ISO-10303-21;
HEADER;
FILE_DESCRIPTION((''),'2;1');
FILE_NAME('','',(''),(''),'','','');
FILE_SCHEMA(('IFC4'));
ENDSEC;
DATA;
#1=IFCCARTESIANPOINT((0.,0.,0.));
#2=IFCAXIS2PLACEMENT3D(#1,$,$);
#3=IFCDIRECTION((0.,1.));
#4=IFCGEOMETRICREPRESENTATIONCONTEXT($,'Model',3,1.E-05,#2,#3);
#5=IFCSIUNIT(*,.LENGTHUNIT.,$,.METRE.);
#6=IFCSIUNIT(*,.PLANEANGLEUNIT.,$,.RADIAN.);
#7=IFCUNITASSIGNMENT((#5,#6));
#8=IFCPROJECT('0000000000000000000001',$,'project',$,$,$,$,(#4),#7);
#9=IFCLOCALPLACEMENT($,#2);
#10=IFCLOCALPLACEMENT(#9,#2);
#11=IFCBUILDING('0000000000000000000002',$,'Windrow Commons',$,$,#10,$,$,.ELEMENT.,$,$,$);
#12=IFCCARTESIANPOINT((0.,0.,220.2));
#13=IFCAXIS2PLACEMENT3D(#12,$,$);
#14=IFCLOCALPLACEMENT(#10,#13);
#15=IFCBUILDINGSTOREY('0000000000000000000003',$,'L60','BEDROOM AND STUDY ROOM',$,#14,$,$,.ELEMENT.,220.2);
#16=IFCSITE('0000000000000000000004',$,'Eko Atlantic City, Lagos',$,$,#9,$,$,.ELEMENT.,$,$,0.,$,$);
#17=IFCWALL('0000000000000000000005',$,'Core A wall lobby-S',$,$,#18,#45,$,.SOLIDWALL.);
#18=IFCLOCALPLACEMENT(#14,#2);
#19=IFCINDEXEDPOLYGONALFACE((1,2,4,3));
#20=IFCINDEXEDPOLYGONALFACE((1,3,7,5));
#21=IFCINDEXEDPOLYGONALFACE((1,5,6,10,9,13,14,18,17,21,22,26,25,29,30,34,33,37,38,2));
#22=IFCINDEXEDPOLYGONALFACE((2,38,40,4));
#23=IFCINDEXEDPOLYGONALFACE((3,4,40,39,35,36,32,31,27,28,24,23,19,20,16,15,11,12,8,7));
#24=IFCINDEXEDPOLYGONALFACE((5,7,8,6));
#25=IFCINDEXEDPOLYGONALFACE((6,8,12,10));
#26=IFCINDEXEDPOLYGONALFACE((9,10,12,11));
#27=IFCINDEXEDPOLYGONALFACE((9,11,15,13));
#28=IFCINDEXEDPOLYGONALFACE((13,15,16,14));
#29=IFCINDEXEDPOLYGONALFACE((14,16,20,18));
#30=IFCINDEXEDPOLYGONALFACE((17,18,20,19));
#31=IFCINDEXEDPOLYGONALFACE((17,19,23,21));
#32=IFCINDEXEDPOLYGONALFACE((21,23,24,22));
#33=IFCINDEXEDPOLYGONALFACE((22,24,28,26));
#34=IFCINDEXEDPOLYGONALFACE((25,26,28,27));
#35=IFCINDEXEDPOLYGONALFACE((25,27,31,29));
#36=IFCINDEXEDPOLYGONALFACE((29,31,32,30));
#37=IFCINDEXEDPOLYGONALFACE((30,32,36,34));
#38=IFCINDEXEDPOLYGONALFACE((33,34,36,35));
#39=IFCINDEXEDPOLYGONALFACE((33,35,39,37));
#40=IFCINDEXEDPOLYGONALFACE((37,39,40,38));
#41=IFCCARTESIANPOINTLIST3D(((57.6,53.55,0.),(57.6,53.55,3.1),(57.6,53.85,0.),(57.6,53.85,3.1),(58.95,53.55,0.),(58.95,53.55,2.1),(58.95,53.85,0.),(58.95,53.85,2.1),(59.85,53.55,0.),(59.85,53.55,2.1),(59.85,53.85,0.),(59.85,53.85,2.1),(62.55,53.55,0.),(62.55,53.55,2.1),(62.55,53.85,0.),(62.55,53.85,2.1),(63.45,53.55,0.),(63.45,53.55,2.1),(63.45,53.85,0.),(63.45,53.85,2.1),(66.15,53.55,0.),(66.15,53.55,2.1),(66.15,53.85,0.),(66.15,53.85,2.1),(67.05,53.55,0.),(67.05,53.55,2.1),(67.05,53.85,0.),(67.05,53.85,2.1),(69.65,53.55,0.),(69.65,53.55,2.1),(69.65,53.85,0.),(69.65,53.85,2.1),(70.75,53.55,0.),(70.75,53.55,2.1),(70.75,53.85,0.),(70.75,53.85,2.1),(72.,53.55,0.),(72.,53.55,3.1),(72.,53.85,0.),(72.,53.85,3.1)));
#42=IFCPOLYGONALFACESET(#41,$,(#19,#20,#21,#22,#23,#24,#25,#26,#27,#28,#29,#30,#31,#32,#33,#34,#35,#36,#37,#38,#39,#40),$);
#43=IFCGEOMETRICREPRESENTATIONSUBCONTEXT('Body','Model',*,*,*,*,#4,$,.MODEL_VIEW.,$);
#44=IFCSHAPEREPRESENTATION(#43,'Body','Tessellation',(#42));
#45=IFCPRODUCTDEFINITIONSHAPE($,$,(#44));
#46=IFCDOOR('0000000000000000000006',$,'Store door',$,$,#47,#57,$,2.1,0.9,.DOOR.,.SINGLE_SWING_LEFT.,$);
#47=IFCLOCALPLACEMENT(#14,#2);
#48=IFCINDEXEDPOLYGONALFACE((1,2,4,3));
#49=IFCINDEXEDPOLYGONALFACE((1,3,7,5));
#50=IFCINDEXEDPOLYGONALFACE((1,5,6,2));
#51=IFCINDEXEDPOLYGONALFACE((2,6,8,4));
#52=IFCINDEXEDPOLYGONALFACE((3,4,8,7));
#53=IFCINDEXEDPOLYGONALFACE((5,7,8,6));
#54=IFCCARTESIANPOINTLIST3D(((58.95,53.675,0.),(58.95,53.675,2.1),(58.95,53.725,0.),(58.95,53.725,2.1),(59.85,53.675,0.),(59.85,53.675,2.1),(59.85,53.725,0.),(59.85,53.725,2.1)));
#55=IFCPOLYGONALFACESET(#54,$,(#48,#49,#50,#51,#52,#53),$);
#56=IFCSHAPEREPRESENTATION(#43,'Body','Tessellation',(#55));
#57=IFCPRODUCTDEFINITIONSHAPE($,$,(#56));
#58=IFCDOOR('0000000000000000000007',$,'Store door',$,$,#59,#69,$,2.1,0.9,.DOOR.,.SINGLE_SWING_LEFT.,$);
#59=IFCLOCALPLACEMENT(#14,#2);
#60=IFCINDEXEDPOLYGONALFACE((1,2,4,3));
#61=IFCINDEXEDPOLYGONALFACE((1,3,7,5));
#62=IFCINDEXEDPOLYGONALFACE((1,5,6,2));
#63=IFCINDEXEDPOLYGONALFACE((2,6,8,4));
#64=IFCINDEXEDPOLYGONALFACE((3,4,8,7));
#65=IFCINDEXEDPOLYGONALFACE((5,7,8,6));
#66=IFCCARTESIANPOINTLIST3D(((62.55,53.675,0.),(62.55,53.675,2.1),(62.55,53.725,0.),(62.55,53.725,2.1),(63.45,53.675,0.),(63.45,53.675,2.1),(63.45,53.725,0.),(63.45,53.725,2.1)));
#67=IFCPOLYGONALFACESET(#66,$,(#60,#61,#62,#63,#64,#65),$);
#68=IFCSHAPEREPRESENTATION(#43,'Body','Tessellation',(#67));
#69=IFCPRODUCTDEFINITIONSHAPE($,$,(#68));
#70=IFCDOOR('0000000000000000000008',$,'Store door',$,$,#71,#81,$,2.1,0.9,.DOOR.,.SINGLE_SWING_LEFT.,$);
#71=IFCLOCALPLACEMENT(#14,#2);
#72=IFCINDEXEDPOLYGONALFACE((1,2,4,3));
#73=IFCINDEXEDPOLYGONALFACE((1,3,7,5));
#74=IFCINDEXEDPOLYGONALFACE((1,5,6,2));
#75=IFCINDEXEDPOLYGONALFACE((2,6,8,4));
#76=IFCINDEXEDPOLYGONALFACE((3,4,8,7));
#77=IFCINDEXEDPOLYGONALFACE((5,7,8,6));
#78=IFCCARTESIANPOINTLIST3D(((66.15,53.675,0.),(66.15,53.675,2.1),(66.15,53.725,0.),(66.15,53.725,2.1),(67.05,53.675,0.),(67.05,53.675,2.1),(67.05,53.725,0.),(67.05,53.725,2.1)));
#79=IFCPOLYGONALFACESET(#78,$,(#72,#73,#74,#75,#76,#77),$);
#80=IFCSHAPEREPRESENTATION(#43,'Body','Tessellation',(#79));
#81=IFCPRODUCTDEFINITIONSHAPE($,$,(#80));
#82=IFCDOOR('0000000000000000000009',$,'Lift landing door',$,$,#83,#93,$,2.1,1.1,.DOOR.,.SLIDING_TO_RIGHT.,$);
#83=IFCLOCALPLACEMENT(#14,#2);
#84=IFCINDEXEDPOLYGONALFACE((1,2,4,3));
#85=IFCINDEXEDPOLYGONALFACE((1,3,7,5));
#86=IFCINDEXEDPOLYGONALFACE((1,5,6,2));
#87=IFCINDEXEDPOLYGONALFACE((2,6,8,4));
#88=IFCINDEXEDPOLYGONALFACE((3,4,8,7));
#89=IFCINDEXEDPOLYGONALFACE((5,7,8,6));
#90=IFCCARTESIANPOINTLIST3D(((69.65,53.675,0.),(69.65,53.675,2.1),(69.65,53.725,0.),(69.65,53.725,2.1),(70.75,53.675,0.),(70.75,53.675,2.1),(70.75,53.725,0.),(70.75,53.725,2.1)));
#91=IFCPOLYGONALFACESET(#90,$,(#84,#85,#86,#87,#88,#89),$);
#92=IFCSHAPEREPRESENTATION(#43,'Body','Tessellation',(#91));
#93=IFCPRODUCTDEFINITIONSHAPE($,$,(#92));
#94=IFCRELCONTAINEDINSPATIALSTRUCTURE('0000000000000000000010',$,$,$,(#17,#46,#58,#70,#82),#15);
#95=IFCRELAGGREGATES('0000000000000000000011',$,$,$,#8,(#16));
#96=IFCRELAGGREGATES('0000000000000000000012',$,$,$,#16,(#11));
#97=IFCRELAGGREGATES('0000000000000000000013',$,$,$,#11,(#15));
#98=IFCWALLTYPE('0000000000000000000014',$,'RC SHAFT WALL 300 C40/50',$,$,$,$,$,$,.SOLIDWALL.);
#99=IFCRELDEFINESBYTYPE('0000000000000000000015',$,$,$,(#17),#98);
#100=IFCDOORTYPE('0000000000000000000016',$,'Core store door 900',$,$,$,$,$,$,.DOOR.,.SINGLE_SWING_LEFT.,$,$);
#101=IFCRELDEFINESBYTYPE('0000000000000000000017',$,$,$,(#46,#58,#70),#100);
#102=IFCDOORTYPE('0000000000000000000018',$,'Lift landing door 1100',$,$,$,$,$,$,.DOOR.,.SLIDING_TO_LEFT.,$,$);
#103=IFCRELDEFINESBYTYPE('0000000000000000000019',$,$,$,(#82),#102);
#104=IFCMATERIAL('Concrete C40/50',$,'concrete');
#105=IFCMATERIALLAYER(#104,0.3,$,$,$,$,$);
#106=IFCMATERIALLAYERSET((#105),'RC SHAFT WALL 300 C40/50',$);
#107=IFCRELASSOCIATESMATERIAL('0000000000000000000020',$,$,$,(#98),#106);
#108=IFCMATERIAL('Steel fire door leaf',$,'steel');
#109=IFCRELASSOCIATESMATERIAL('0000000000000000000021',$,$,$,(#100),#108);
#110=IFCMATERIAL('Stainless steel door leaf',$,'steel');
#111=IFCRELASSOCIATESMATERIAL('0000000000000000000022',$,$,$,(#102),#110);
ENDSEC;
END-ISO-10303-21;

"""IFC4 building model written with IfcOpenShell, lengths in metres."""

from ifc_helpers import new_model, si_unit, direction, frame, frame_2d, origin, place, context, subcontext, project, spatial, rectangle, extrude, material, layer, layer_set, type_object, element, fill, save


model = new_model("IFC4")

# Units and contexts
model_context = context("Model", 3, precision=1e-05, world=origin(), true_north=direction((0.0, 1.0)))
body_context = subcontext(model_context, "Body", "Model", "MODEL_VIEW")
ifc_project = project(units=[si_unit("LENGTHUNIT", "METRE"), si_unit("PLANEANGLEUNIT", "RADIAN")], contexts=[model_context])

# Site, building, storey
site_placement = place(None, origin())
site = spatial("IfcSite", under=ifc_project, at=site_placement, Name="Eko Atlantic City, Lagos", CompositionType="ELEMENT", RefElevation=0.0)
building_placement = place(site_placement, origin())
building = spatial("IfcBuilding", under=site, at=building_placement, Name="Windrow Commons", CompositionType="ELEMENT")
storey_placement = place(building_placement, frame((0.0, 0.0, 220.2)))
storey = spatial("IfcBuildingStorey", under=building, at=storey_placement, Name="L60", Description="BEDROOM AND STUDY ROOM", CompositionType="ELEMENT", Elevation=220.2)

# Wall, openings, doors
ifc_material_1 = material(Name="Concrete C40/50", Category="concrete")
ifc_layer_1 = layer(ifc_material_1, 0.3)
ifc_layer_set_1 = layer_set([ifc_layer_1], Name="RC SHAFT WALL 300 C40/50")
wall_type_1 = type_object("IfcWallType", Name="RC SHAFT WALL 300 C40/50", PredefinedType="SOLIDWALL", material=ifc_layer_set_1)
wall_1_placement = place(storey_placement, frame((57.6, 53.7, 0.0), z_axis=(0.0, 0.0, 1.0), x_axis=(1.0, 0.0, 0.0)))
wall_1 = element("IfcWall", 1, at=wall_1_placement, inside=storey, type_object=wall_type_1, Name="Core A wall lobby-S", PredefinedType="SOLIDWALL", context=body_context, shape_type="SweptSolid", body=[
    extrude(rectangle(XDim=14.4, YDim=0.3, at=frame_2d((7.2, 0.0))), origin(), (0.0, 0.0, 1.0), 3.1),
])
opening_1_placement = place(wall_1_placement, frame((1.35, 0.0, 0.0)))
opening_1 = element("IfcOpeningElement", 2, at=opening_1_placement, cuts=wall_1, PredefinedType="OPENING", context=body_context, shape_type="SweptSolid", body=[
    extrude(rectangle(XDim=0.9, YDim=2.1, at=frame_2d((0.45, 1.05))), frame((0.0, 0.16, 0.0), z_axis=(0.0, -1.0, 0.0), x_axis=(1.0, 0.0, 0.0)), (0.0, 0.0, 1.0), 0.32),
])
opening_2_placement = place(wall_1_placement, frame((4.95, 0.0, 0.0)))
opening_2 = element("IfcOpeningElement", 3, at=opening_2_placement, cuts=wall_1, PredefinedType="OPENING", context=body_context, shape_type="SweptSolid", body=[
    extrude(rectangle(XDim=0.9, YDim=2.1, at=frame_2d((0.45, 1.05))), frame((0.0, 0.16, 0.0), z_axis=(0.0, -1.0, 0.0), x_axis=(1.0, 0.0, 0.0)), (0.0, 0.0, 1.0), 0.32),
])
opening_3_placement = place(wall_1_placement, frame((8.55, 0.0, 0.0)))
opening_3 = element("IfcOpeningElement", 4, at=opening_3_placement, cuts=wall_1, PredefinedType="OPENING", context=body_context, shape_type="SweptSolid", body=[
    extrude(rectangle(XDim=0.9, YDim=2.1, at=frame_2d((0.45, 1.05))), frame((0.0, 0.16, 0.0), z_axis=(0.0, -1.0, 0.0), x_axis=(1.0, 0.0, 0.0)), (0.0, 0.0, 1.0), 0.32),
])
opening_4_placement = place(wall_1_placement, frame((12.05, 0.0, 0.0)))
opening_4 = element("IfcOpeningElement", 5, at=opening_4_placement, cuts=wall_1, PredefinedType="OPENING", context=body_context, shape_type="SweptSolid", body=[
    extrude(rectangle(XDim=1.1, YDim=2.1, at=frame_2d((0.55, 1.05))), frame((0.0, 0.16, 0.0), z_axis=(0.0, -1.0, 0.0), x_axis=(1.0, 0.0, 0.0)), (0.0, 0.0, 1.0), 0.32),
])
ifc_material_2 = material(Name="Steel fire door leaf", Category="steel")
door_type_1 = type_object("IfcDoorType", Name="Core store door 900", OperationType="SINGLE_SWING_LEFT", PredefinedType="DOOR", material=ifc_material_2)
door_1_placement = place(opening_1_placement, origin())
door_1 = element("IfcDoor", 6, at=door_1_placement, inside=storey, type_object=door_type_1, Name="Store door", OperationType="SINGLE_SWING_LEFT", OverallHeight=2.1, OverallWidth=0.9, PredefinedType="DOOR", context=body_context, shape_type="SweptSolid", body=[
    extrude(rectangle(XDim=0.9, YDim=2.1, at=frame_2d((0.45, 1.05))), frame((0.0, 0.025, 0.0), z_axis=(0.0, -1.0, 0.0), x_axis=(1.0, 0.0, 0.0)), (0.0, 0.0, 1.0), 0.05),
])
fill(opening_1, door_1)
door_2_placement = place(opening_2_placement, origin())
door_2 = element("IfcDoor", 7, at=door_2_placement, inside=storey, type_object=door_type_1, Name="Store door", OperationType="SINGLE_SWING_LEFT", OverallHeight=2.1, OverallWidth=0.9, PredefinedType="DOOR", context=body_context, shape_type="SweptSolid", body=[
    extrude(rectangle(XDim=0.9, YDim=2.1, at=frame_2d((0.45, 1.05))), frame((0.0, 0.025, 0.0), z_axis=(0.0, -1.0, 0.0), x_axis=(1.0, 0.0, 0.0)), (0.0, 0.0, 1.0), 0.05),
])
fill(opening_2, door_2)
door_3_placement = place(opening_3_placement, origin())
door_3 = element("IfcDoor", 8, at=door_3_placement, inside=storey, type_object=door_type_1, Name="Store door", OperationType="SINGLE_SWING_LEFT", OverallHeight=2.1, OverallWidth=0.9, PredefinedType="DOOR", context=body_context, shape_type="SweptSolid", body=[
    extrude(rectangle(XDim=0.9, YDim=2.1, at=frame_2d((0.45, 1.05))), frame((0.0, 0.025, 0.0), z_axis=(0.0, -1.0, 0.0), x_axis=(1.0, 0.0, 0.0)), (0.0, 0.0, 1.0), 0.05),
])
fill(opening_3, door_3)
ifc_material_3 = material(Name="Stainless steel door leaf", Category="steel")
door_type_2 = type_object("IfcDoorType", Name="Lift landing door 1100", OperationType="SLIDING_TO_LEFT", PredefinedType="DOOR", material=ifc_material_3)
door_4_placement = place(opening_4_placement, origin())
door_4 = element("IfcDoor", 9, at=door_4_placement, inside=storey, type_object=door_type_2, Name="Lift landing door", OperationType="SLIDING_TO_RIGHT", OverallHeight=2.1, OverallWidth=1.1, PredefinedType="DOOR", context=body_context, shape_type="SweptSolid", body=[
    extrude(rectangle(XDim=1.1, YDim=2.1, at=frame_2d((0.55, 1.05))), frame((0.0, 0.025, 0.0), z_axis=(0.0, -1.0, 0.0), x_axis=(1.0, 0.0, 0.0)), (0.0, 0.0, 1.0), 0.05),
])
fill(opening_4, door_4)

save(model, "model.ifc")
